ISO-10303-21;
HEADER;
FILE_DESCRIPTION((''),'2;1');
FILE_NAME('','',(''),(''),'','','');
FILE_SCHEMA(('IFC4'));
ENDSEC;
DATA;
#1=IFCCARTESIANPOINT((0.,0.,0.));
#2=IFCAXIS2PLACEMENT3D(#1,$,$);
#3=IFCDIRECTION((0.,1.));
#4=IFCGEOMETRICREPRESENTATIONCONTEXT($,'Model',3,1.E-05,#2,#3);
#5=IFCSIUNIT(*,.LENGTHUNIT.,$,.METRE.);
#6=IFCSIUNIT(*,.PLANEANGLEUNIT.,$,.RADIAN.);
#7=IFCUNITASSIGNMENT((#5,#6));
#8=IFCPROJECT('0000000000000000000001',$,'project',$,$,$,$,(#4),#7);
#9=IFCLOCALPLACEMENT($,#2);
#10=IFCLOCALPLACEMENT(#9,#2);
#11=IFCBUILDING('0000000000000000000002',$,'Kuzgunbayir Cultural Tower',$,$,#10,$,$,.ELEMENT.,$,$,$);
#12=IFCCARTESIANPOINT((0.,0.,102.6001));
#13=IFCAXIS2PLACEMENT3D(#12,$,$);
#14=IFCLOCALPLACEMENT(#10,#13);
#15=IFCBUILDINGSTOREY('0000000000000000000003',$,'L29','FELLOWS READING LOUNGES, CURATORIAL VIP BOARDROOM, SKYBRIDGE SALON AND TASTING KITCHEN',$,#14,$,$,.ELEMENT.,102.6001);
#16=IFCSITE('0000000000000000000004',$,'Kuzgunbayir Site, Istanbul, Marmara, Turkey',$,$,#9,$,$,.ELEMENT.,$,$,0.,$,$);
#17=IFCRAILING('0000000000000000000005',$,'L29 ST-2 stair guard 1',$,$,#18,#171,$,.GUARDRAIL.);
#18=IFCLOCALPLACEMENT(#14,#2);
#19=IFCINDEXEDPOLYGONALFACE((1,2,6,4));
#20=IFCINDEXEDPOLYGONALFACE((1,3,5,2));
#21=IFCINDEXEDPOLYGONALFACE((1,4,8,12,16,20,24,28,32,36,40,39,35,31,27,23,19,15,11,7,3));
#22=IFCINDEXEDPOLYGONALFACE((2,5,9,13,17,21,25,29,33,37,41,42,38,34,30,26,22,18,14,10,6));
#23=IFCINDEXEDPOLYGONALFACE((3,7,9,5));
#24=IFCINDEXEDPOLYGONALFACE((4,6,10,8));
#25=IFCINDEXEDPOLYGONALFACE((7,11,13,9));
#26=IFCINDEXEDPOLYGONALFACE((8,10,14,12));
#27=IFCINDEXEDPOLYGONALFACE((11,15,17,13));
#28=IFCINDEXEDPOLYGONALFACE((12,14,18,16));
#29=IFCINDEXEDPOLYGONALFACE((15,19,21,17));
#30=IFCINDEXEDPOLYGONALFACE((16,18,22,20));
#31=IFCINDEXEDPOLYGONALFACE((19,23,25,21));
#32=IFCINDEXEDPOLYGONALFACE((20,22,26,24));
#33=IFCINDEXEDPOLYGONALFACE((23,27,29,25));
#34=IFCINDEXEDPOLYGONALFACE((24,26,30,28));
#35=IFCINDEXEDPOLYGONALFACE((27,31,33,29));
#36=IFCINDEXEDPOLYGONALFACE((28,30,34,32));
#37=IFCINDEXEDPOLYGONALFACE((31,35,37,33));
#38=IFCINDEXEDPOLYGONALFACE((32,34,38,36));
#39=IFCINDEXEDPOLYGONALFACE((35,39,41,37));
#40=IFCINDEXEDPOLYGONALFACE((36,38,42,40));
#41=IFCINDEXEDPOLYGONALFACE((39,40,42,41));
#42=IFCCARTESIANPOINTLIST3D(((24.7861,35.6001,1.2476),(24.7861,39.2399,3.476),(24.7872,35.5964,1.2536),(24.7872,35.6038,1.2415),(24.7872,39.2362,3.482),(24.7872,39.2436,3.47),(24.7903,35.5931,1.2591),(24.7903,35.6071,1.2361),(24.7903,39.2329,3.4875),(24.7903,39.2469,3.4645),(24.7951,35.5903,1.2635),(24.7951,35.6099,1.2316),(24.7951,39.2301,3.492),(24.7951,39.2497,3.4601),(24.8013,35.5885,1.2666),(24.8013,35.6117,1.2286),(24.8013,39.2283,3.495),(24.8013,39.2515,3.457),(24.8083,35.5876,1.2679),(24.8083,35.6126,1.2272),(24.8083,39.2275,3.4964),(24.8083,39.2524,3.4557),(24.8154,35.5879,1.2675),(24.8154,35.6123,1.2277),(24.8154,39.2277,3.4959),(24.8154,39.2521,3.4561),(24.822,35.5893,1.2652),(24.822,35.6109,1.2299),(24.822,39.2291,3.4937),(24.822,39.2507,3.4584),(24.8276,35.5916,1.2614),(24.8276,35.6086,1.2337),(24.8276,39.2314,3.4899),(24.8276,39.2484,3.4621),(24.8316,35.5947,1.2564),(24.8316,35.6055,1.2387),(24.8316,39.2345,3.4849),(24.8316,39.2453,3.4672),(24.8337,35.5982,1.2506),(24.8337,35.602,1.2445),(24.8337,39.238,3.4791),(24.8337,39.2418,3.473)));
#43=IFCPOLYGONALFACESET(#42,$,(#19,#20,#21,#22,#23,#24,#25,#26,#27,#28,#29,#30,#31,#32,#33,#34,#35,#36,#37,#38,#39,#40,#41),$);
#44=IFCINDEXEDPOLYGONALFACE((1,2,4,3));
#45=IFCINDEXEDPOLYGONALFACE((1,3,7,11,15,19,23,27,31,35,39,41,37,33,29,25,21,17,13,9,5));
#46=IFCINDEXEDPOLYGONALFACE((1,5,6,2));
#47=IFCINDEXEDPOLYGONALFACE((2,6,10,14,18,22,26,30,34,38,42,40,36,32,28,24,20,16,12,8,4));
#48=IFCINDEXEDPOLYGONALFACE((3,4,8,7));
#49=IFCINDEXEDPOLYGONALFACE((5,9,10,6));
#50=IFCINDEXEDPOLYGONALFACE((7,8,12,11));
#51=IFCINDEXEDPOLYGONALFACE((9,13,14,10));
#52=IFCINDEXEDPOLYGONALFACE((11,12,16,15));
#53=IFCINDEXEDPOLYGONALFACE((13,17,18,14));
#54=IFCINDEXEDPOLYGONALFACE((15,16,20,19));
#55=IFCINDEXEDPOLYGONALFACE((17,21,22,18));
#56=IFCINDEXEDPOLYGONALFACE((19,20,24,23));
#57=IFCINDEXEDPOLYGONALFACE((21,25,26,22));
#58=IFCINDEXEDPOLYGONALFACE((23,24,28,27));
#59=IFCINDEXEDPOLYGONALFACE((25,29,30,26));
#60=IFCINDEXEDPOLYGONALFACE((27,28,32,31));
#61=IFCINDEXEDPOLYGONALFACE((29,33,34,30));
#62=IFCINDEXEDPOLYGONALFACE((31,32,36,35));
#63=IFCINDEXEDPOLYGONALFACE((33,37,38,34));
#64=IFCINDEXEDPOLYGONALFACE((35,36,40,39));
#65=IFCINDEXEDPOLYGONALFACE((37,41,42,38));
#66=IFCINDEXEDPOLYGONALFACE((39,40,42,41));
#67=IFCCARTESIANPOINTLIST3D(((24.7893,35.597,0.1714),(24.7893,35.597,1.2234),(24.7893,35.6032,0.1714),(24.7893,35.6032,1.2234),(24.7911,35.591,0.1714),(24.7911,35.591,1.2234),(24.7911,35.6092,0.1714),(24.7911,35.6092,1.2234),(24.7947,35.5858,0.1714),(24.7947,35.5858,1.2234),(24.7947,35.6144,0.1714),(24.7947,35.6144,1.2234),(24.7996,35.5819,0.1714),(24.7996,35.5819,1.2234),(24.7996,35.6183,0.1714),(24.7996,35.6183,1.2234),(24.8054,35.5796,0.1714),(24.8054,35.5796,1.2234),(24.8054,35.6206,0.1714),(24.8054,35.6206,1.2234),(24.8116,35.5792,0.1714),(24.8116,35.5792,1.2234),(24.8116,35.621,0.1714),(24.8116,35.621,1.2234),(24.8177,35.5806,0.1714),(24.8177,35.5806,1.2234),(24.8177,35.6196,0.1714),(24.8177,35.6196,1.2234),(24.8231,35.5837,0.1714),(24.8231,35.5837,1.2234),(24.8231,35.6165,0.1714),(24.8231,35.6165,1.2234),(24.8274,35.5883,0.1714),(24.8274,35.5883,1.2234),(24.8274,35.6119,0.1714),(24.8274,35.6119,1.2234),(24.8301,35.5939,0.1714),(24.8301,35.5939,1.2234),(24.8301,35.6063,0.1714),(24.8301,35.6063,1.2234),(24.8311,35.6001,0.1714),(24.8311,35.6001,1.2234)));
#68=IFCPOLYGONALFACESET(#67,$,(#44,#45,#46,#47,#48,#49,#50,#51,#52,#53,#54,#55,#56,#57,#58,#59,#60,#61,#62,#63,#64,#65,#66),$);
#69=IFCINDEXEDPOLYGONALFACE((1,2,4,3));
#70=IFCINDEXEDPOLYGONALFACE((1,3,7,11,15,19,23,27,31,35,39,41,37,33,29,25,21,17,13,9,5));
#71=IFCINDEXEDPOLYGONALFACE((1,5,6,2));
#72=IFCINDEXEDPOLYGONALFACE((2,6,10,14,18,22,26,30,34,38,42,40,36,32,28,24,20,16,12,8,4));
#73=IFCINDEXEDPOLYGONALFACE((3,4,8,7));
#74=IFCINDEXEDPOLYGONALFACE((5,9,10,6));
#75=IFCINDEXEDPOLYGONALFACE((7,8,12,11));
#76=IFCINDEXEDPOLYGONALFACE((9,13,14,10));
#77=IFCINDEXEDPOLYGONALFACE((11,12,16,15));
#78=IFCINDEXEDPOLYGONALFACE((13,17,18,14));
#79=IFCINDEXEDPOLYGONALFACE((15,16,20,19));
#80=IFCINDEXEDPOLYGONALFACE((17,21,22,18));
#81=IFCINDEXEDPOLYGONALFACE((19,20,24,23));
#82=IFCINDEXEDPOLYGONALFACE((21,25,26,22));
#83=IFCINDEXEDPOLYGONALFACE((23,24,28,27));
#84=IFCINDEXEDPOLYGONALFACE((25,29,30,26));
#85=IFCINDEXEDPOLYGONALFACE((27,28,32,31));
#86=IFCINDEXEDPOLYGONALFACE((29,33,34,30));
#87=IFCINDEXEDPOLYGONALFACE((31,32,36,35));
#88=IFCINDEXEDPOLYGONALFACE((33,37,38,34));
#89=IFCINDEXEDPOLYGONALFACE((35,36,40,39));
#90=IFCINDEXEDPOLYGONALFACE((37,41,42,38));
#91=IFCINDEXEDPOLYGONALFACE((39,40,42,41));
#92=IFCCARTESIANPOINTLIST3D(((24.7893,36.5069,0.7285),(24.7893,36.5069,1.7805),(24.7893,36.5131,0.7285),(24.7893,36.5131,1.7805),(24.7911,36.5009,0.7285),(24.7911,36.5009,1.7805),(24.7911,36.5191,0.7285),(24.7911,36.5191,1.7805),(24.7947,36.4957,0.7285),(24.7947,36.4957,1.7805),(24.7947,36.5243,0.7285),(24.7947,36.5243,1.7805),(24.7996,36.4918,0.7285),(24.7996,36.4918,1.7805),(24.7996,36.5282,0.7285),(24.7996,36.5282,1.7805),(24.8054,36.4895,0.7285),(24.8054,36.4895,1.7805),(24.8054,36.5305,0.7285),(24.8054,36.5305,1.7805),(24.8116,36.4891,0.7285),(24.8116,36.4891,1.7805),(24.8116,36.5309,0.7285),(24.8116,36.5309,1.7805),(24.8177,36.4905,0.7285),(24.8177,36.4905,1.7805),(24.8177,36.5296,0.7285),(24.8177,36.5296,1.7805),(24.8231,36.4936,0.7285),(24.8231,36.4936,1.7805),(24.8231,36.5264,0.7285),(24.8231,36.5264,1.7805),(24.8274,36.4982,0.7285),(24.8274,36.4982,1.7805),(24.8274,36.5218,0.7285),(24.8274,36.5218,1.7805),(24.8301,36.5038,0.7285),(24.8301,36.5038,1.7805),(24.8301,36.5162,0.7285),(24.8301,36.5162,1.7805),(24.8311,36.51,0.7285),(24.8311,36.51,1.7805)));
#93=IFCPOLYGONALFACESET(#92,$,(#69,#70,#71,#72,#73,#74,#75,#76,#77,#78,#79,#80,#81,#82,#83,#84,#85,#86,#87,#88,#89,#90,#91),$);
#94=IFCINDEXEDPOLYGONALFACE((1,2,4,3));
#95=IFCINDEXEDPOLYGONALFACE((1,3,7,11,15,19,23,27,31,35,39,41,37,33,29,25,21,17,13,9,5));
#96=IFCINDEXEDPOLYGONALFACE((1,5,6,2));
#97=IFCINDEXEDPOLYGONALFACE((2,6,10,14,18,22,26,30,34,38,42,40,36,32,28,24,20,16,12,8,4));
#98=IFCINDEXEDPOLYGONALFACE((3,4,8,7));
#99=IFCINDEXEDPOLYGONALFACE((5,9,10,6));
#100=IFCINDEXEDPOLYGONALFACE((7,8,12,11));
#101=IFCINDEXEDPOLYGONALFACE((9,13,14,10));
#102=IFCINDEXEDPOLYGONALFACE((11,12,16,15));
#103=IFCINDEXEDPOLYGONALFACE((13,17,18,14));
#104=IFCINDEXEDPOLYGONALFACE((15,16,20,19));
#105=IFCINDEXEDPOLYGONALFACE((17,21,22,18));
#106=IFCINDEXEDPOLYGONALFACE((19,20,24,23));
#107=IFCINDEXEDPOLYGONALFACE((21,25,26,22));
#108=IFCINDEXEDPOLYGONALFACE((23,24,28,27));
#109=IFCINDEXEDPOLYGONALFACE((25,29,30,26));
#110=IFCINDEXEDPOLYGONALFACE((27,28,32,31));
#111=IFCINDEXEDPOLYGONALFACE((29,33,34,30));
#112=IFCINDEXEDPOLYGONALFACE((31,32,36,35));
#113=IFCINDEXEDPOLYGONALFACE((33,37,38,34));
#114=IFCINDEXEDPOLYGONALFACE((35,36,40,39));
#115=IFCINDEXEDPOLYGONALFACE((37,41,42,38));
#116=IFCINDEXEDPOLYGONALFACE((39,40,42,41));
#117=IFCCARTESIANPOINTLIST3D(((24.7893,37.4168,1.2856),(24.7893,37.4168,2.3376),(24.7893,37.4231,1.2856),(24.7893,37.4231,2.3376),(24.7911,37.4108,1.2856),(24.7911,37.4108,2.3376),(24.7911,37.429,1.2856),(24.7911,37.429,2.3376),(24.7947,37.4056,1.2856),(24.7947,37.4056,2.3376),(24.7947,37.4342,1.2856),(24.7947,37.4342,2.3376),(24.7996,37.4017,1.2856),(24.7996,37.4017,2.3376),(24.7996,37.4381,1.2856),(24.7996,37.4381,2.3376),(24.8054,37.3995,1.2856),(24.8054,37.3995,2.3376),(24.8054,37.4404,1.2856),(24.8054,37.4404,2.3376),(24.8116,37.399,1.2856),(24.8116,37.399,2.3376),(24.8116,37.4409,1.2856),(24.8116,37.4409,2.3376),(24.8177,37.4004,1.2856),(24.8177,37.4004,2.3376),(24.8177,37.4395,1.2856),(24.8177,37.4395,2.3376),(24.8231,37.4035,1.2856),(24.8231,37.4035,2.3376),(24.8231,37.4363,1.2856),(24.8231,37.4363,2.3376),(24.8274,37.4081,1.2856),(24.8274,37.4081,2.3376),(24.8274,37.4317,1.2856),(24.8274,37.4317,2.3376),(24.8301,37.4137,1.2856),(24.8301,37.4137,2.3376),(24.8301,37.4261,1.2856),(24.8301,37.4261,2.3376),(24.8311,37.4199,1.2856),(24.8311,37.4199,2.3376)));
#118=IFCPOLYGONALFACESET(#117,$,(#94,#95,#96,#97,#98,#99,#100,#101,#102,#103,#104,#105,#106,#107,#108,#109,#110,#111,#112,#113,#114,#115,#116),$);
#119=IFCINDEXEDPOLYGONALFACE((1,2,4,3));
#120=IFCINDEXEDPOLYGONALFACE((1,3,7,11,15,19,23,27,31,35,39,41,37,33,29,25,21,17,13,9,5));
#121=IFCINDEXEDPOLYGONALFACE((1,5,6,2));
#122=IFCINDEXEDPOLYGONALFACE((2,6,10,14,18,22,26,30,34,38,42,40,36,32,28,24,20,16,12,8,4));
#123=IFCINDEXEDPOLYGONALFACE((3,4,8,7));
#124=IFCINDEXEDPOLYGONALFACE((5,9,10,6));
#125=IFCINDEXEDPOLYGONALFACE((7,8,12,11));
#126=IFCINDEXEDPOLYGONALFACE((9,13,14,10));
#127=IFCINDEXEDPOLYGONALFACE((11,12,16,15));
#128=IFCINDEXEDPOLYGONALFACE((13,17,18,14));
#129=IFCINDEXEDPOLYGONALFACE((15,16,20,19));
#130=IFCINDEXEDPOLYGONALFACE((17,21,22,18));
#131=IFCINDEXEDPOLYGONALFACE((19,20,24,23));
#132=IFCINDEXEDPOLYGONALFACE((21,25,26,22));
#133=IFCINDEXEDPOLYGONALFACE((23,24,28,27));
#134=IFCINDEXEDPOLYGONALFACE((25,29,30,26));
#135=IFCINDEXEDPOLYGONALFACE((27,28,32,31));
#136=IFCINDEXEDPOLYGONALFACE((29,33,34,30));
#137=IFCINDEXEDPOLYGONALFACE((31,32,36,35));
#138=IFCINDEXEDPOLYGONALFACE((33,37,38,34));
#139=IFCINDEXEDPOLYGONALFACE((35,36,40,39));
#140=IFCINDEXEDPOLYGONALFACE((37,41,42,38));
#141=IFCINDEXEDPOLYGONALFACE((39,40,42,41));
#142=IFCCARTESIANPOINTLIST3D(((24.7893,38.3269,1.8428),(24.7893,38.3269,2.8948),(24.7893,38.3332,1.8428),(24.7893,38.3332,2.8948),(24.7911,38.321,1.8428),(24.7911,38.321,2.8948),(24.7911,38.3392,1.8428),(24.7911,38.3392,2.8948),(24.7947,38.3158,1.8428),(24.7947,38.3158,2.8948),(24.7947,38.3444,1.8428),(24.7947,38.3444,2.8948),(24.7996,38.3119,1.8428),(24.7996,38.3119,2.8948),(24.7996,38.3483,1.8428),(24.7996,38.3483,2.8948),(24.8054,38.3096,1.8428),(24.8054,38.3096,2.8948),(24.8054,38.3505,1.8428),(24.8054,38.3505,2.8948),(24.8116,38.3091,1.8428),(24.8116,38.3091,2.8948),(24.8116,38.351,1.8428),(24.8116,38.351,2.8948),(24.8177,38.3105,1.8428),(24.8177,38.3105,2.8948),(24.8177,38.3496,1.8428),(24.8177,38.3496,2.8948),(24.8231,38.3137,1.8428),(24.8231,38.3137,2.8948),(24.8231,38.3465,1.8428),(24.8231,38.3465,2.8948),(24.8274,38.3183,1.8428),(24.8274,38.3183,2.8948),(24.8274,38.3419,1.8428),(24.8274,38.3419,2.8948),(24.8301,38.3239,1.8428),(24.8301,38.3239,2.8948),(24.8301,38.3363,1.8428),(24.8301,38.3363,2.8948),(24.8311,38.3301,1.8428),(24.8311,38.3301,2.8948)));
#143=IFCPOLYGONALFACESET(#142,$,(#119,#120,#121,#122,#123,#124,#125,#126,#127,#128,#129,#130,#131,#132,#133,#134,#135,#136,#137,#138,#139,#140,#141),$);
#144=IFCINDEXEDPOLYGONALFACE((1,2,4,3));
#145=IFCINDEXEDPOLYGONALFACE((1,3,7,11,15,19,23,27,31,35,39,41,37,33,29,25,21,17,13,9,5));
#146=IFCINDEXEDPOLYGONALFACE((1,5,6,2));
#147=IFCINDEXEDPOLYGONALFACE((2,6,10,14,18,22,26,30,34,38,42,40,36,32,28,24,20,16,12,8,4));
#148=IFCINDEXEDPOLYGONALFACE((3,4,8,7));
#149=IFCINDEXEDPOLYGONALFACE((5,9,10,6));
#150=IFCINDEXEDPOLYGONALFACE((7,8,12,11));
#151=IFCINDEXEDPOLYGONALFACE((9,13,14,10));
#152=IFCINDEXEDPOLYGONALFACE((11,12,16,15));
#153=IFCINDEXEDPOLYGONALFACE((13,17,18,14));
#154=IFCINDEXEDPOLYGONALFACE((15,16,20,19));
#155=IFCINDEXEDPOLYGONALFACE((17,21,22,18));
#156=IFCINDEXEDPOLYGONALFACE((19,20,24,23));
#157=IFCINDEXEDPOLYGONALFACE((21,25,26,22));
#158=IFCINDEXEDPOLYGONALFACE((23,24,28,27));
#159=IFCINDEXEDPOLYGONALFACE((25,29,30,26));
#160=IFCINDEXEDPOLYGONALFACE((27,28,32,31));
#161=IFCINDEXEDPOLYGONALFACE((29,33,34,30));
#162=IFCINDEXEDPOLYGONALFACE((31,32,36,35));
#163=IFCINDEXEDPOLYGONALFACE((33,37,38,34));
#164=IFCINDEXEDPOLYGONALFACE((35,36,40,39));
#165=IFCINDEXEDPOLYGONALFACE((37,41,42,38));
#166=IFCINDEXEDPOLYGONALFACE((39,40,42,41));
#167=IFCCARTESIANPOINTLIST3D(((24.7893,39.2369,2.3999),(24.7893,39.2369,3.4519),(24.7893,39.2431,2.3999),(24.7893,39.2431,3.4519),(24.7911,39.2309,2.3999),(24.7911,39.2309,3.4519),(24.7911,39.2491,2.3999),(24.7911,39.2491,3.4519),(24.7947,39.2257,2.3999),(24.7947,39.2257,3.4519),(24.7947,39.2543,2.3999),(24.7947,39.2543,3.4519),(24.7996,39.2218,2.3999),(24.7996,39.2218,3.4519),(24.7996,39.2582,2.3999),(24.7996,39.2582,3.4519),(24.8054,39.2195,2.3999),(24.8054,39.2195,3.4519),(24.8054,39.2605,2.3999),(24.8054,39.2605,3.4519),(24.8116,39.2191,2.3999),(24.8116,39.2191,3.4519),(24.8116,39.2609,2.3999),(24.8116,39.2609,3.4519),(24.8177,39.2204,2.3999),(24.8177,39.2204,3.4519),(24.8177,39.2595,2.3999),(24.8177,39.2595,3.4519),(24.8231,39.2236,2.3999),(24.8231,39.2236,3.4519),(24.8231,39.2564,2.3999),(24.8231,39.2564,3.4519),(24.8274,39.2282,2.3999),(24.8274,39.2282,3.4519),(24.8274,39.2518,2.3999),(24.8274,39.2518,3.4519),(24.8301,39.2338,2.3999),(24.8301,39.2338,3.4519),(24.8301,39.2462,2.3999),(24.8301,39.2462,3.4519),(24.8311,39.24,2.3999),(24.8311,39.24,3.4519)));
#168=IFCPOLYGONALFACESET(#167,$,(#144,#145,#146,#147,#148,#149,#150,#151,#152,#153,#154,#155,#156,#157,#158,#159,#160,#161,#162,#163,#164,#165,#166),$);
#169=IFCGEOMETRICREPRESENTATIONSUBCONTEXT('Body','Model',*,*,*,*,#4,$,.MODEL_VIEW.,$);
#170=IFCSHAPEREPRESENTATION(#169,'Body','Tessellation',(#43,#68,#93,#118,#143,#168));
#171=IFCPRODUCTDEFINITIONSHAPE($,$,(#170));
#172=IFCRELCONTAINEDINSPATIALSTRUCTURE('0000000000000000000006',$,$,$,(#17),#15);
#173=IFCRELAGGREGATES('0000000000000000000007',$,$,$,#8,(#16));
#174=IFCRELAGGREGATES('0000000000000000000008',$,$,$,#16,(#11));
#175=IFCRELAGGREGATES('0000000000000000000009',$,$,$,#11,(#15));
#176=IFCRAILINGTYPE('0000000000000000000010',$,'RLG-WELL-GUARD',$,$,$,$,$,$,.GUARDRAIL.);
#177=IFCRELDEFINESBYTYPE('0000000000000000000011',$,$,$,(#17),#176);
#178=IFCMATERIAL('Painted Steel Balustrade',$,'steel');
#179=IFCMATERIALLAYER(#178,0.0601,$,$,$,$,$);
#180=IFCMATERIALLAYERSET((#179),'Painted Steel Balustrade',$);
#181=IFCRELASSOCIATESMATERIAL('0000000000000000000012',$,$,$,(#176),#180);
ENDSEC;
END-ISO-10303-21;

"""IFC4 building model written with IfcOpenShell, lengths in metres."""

from ifc_helpers import new_model, si_unit, direction, frame, origin, origin_2d, place, context, subcontext, project, spatial, circle, extrude, material, layer, layer_set, type_object, element, save


model = new_model("IFC4")

# Units and contexts
model_context = context("Model", 3, precision=1e-05, world=origin(), true_north=direction((0.0, 1.0)))
body_context = subcontext(model_context, "Body", "Model", "MODEL_VIEW")
ifc_project = project(units=[si_unit("LENGTHUNIT", "METRE"), si_unit("PLANEANGLEUNIT", "RADIAN")], contexts=[model_context])

# Site, building, storey
site_placement = place(None, origin())
site = spatial("IfcSite", under=ifc_project, at=site_placement, Name="Kuzgunbayir Site, Istanbul, Marmara, Turkey", CompositionType="ELEMENT", RefElevation=0.0)
building_placement = place(site_placement, origin())
building = spatial("IfcBuilding", under=site, at=building_placement, Name="Kuzgunbayir Cultural Tower", CompositionType="ELEMENT")
storey_placement = place(building_placement, frame((0.0, 0.0, 102.6001)))
storey = spatial("IfcBuildingStorey", under=building, at=storey_placement, Name="L29", Description="FELLOWS READING LOUNGES, CURATORIAL VIP BOARDROOM, SKYBRIDGE SALON AND TASTING KITCHEN", CompositionType="ELEMENT", Elevation=102.6001)

# Railing
ifc_material_1 = material(Name="Painted Steel Balustrade", Category="steel")
ifc_layer_1 = layer(ifc_material_1, 0.0601)
ifc_layer_set_1 = layer_set([ifc_layer_1], Name="Painted Steel Balustrade")
railing_type_1 = type_object("IfcRailingType", Name="RLG-WELL-GUARD", PredefinedType="GUARDRAIL", material=ifc_layer_set_1)
railing_1_placement = place(storey_placement, frame((24.8101, 35.6001, 0.1714)))
element("IfcRailing", 1, at=railing_1_placement, inside=storey, type_object=railing_type_1, Name="L29 ST-2 stair guard 1", PredefinedType="GUARDRAIL", context=body_context, shape_type="SweptSolid", body=[
    extrude(circle(Radius=0.0239, at=origin_2d()), frame((0.0, 0.0, 1.0762), z_axis=(0.0, 0.85285, 0.522156), x_axis=(-1.0, 0.0, 0.0)), (0.0, 0.0, 1.0), 4.2678),
    extrude(circle(Radius=0.021, at=origin_2d()), origin(), (0.0, 0.0, 1.0), 1.052),
    extrude(circle(Radius=0.021, at=origin_2d()), frame((0.0, 0.9099, 0.5571)), (0.0, 0.0, 1.0), 1.052),
    extrude(circle(Radius=0.021, at=origin_2d()), frame((0.0, 1.8198, 1.1143)), (0.0, 0.0, 1.0), 1.052),
    extrude(circle(Radius=0.021, at=origin_2d()), frame((0.0, 2.73, 1.6714)), (0.0, 0.0, 1.0), 1.052),
    extrude(circle(Radius=0.021, at=origin_2d()), frame((0.0, 3.6399, 2.2285)), (0.0, 0.0, 1.0), 1.052),
])

save(model, "model.ifc")
